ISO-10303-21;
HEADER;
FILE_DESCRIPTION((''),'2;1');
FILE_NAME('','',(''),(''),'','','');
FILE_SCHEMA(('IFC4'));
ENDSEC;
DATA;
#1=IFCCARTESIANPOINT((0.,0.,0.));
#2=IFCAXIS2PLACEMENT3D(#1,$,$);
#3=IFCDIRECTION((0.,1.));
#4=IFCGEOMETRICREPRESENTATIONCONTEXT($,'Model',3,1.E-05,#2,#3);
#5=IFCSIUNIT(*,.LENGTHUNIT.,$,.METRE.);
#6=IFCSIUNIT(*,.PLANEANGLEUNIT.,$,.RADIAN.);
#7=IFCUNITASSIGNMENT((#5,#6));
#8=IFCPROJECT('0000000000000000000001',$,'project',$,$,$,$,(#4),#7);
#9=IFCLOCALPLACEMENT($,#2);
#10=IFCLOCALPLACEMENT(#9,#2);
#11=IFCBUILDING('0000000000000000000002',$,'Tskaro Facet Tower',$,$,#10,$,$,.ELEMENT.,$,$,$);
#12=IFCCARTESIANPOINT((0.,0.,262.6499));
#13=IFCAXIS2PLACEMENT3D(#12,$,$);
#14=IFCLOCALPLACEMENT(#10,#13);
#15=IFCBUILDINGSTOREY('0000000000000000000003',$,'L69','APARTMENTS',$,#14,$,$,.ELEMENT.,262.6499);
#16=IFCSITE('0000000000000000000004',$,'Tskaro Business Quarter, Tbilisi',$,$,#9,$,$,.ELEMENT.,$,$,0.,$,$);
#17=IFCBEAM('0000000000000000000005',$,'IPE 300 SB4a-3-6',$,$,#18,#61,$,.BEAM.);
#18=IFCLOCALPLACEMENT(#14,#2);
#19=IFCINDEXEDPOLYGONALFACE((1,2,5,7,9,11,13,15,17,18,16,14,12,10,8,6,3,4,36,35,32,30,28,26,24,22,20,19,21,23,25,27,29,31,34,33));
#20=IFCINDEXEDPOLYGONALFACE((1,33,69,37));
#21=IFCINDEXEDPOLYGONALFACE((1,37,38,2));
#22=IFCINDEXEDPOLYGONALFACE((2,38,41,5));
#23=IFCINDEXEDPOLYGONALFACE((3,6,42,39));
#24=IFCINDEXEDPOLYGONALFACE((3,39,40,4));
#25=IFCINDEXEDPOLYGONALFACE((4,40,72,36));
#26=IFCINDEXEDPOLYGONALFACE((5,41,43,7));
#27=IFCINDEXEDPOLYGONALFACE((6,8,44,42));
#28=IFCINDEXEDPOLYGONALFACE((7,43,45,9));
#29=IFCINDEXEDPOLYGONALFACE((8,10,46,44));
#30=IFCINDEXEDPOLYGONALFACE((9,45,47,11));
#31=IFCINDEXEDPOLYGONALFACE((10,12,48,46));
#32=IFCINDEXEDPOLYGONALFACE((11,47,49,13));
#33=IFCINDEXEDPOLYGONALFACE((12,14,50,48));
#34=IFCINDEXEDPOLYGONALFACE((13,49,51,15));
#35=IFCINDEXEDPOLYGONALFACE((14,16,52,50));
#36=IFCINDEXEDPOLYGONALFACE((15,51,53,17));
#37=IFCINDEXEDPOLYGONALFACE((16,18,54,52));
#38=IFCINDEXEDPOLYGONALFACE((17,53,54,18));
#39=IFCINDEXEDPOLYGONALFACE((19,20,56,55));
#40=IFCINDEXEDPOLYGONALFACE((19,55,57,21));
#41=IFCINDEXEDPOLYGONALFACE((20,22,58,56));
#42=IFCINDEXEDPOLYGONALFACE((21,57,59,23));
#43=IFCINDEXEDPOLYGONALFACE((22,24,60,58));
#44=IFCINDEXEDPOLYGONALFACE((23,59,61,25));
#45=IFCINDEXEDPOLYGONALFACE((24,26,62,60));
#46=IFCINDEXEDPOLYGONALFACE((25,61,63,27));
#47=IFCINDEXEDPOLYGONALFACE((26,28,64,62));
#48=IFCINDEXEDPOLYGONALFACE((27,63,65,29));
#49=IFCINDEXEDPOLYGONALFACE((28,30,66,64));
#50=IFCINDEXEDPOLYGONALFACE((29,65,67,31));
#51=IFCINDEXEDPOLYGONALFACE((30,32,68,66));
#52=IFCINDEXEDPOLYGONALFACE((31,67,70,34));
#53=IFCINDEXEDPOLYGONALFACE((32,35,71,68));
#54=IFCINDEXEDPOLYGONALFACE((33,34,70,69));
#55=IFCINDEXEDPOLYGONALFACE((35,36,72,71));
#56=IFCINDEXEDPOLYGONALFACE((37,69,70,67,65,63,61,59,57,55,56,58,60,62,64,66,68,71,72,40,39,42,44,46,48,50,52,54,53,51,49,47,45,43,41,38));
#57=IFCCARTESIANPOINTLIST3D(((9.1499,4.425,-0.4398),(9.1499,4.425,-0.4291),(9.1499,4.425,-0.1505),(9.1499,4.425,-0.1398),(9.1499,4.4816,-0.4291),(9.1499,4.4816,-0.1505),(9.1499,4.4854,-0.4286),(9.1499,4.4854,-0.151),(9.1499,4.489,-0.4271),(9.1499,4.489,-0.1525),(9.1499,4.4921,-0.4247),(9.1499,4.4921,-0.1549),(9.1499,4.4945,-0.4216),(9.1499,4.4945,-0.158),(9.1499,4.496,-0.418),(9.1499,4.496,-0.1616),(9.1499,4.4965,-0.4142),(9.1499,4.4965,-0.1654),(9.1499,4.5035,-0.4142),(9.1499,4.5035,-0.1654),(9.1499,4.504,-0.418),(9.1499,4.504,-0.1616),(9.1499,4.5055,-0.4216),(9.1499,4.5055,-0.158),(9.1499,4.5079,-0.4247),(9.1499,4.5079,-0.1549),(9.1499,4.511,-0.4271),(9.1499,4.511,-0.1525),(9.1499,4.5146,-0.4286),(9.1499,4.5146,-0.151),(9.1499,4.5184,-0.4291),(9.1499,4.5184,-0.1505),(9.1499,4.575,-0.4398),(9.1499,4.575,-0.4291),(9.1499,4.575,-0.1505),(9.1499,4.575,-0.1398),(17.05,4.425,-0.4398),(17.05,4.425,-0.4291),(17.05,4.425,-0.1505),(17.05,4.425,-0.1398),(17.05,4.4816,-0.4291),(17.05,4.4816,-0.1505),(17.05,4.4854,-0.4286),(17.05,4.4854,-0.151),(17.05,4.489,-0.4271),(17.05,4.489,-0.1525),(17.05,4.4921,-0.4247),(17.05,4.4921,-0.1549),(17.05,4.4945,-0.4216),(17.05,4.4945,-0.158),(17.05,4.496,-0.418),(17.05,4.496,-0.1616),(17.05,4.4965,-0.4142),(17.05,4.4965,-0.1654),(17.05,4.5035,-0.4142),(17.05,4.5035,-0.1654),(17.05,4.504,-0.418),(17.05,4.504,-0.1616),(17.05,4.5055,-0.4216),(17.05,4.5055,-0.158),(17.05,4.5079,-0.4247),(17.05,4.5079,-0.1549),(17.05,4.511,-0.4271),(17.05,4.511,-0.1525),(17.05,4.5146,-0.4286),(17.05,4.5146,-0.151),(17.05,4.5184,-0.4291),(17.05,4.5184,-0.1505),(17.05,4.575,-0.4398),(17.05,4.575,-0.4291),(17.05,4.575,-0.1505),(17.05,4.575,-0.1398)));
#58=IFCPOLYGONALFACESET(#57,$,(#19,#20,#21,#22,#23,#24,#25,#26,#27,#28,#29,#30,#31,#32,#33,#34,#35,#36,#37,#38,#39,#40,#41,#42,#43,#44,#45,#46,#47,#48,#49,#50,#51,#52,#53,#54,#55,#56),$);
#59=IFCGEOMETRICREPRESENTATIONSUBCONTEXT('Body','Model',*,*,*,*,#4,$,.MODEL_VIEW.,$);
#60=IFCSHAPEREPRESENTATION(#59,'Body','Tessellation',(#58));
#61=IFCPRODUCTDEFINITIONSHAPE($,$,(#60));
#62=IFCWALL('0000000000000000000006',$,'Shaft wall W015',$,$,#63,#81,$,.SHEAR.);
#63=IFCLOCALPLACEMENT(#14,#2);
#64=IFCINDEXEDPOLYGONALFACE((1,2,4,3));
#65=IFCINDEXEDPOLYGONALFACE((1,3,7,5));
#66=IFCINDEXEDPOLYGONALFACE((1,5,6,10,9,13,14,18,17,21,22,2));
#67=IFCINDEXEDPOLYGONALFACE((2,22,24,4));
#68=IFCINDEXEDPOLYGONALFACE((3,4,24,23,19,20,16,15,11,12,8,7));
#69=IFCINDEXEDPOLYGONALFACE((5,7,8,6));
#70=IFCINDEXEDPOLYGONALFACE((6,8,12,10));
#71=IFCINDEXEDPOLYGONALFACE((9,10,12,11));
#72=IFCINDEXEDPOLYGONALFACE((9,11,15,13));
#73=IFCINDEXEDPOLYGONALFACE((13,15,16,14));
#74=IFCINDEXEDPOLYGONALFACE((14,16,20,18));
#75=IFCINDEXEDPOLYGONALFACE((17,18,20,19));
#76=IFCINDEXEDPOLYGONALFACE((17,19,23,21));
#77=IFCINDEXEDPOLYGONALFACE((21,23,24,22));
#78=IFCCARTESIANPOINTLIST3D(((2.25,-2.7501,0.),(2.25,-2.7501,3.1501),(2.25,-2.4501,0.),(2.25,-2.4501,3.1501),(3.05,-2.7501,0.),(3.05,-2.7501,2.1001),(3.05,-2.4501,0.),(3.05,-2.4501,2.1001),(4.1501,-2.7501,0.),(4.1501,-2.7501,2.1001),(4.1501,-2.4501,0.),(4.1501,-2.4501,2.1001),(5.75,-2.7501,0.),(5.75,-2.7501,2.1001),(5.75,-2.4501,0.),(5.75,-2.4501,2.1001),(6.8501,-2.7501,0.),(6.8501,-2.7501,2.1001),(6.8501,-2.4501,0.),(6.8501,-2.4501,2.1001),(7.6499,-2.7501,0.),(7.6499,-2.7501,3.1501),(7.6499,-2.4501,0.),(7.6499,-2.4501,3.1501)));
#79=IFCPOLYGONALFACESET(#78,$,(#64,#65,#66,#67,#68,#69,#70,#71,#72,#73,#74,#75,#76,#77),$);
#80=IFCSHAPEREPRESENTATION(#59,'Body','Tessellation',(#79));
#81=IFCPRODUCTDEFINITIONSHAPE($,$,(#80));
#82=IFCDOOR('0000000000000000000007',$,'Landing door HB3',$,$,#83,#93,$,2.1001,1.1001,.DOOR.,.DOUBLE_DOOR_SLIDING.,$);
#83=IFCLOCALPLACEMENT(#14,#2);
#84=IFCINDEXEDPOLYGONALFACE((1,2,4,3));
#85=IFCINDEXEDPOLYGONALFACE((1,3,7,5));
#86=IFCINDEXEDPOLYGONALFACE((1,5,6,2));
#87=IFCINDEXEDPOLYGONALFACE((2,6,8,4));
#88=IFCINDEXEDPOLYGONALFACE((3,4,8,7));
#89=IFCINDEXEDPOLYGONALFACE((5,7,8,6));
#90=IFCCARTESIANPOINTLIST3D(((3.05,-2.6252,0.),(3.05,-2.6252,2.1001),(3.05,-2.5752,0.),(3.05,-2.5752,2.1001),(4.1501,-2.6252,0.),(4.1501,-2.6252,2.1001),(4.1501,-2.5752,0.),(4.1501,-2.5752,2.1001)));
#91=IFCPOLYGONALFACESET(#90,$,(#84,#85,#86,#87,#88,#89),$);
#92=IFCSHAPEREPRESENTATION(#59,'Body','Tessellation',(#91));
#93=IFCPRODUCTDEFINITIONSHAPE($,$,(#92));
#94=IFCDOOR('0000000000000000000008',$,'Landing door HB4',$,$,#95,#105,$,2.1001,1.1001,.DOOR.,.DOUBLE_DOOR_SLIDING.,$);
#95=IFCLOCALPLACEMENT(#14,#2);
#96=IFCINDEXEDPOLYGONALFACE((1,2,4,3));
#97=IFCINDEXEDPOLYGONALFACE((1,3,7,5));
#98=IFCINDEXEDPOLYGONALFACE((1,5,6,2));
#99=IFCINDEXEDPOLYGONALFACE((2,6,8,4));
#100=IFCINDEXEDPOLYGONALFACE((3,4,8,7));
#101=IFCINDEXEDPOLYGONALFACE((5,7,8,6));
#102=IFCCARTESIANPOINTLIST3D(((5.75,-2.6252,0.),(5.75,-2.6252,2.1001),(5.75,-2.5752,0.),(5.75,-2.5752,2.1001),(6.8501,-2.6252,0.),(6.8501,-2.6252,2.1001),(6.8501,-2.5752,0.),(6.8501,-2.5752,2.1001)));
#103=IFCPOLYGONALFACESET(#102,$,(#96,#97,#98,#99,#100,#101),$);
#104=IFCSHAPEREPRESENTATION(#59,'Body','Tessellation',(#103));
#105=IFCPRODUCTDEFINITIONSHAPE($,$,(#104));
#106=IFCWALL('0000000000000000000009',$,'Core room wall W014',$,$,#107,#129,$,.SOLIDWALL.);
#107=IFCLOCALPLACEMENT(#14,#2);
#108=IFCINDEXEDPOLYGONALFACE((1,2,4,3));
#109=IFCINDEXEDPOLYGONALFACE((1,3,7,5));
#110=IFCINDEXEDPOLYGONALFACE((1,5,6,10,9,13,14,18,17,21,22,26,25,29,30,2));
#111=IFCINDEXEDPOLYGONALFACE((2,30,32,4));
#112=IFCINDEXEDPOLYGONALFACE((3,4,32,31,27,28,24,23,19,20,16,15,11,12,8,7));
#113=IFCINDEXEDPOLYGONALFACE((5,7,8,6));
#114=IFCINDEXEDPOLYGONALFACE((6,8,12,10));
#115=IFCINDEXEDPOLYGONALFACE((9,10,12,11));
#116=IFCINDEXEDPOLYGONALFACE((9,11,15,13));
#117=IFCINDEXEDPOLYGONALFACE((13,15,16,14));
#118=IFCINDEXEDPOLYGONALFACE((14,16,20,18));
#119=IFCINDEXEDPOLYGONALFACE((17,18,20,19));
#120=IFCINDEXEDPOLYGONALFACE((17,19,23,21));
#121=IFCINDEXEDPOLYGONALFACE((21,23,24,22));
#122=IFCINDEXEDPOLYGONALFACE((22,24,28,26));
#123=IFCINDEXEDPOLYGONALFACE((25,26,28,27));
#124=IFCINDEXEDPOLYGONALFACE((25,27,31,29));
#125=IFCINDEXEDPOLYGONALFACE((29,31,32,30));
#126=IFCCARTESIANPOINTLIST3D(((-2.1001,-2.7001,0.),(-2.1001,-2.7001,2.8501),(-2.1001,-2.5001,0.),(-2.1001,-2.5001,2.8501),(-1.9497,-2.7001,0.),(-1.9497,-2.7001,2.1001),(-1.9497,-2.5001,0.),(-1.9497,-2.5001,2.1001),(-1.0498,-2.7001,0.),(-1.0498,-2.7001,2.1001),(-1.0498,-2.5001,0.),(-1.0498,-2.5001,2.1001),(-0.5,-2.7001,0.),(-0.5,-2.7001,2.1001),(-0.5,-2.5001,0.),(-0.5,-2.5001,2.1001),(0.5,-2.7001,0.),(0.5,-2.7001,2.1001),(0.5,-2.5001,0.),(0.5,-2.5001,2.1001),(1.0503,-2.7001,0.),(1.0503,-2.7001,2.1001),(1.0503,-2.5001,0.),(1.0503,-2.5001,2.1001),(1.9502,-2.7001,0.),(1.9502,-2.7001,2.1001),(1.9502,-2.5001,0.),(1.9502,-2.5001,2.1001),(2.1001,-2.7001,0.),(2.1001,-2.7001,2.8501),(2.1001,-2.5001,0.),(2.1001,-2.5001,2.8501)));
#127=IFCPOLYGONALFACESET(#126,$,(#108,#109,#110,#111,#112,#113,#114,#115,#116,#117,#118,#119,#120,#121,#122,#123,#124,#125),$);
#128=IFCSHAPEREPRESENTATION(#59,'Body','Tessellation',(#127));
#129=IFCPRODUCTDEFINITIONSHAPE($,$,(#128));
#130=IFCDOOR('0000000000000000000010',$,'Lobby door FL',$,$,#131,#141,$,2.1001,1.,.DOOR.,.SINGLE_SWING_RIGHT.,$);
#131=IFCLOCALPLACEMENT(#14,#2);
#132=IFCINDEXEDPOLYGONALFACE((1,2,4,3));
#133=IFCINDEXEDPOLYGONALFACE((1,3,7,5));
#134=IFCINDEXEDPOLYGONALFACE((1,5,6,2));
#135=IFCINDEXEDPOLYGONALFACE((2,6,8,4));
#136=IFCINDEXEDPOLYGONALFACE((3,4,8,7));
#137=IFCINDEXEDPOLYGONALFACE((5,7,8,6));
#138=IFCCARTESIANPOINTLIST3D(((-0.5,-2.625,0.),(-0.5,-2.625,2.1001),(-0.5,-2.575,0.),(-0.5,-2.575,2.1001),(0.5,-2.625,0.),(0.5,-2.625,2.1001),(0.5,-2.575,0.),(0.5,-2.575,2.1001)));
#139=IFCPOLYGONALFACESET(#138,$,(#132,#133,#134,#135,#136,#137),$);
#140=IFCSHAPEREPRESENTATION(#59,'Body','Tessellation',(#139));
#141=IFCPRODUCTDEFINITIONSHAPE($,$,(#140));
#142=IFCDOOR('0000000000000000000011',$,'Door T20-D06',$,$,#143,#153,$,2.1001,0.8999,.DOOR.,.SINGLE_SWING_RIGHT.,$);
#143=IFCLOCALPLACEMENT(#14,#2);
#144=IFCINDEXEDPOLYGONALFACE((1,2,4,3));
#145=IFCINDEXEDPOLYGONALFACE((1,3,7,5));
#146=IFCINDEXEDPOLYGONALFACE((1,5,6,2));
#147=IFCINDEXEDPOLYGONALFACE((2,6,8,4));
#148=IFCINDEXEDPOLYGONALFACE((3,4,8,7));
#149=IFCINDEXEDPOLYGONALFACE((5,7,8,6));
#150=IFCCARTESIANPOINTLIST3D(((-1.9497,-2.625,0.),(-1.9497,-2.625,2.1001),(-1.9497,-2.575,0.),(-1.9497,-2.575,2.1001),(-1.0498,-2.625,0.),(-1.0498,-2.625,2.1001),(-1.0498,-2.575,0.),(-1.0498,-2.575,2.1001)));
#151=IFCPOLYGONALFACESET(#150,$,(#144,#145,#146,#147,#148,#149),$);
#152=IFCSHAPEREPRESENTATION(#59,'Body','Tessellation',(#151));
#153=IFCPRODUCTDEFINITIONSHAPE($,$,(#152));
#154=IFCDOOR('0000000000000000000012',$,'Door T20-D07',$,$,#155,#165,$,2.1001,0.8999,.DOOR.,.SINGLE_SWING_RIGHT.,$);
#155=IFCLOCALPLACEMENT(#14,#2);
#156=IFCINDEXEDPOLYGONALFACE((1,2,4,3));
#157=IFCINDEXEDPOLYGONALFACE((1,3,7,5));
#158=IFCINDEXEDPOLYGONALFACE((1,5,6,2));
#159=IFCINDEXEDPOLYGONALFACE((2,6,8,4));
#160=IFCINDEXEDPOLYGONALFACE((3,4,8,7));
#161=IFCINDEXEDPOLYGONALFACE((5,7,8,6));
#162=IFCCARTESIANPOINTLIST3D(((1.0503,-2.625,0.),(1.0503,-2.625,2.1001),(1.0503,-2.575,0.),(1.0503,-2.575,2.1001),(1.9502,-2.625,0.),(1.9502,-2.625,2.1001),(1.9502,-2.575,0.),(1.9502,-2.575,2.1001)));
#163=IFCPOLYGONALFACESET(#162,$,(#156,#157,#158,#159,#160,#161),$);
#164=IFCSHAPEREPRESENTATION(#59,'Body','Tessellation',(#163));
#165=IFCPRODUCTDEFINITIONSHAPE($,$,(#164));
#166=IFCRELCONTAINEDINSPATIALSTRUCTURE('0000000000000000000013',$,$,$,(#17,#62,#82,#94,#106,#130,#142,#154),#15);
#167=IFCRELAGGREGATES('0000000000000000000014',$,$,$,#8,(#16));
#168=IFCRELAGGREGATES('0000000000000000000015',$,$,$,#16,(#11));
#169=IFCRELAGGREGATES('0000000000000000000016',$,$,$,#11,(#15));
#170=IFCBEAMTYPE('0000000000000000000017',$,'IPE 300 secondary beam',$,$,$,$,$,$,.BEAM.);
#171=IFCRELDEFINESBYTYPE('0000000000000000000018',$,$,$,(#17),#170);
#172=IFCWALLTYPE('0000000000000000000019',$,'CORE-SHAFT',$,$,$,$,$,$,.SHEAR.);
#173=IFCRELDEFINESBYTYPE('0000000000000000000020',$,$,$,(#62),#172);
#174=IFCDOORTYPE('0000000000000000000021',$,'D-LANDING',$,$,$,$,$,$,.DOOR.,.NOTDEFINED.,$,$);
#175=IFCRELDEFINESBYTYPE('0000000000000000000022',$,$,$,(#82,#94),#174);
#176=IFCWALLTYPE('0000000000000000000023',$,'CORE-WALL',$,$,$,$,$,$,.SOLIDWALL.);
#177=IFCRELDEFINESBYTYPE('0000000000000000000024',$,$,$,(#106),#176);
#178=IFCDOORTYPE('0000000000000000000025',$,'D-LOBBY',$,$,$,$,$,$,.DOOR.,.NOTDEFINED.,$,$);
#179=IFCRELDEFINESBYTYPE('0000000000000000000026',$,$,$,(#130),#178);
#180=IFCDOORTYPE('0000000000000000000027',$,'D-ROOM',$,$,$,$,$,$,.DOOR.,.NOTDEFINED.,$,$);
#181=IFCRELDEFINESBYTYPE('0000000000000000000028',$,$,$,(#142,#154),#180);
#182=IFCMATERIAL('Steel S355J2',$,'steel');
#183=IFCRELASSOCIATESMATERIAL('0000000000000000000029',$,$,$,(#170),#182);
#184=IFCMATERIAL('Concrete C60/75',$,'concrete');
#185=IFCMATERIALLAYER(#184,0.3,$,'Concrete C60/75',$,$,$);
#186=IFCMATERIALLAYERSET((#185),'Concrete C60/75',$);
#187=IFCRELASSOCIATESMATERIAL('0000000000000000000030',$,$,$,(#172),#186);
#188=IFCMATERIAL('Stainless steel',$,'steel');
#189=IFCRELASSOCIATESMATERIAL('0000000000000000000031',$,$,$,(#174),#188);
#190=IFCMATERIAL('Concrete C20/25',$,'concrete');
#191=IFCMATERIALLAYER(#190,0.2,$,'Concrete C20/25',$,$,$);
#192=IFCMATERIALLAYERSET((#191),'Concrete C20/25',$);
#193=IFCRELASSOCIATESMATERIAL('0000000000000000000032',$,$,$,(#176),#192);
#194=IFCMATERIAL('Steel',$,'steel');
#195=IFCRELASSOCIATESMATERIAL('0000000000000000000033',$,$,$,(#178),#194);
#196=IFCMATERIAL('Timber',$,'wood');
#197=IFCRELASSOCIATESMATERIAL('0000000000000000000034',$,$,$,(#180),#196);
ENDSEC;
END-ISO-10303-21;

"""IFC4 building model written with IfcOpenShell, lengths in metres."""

from ifc_helpers import new_model, si_unit, direction, frame, frame_2d, origin, origin_2d, place, context, subcontext, project, spatial, rectangle, i_section, extrude, material, layer, layer_set, material_profile, profile_set, type_object, element, fill, save


model = new_model("IFC4")

# Units and contexts
model_context = context("Model", 3, precision=1e-05, world=origin(), true_north=direction((0.0, 1.0)))
body_context = subcontext(model_context, "Body", "Model", "MODEL_VIEW")
ifc_project = project(units=[si_unit("LENGTHUNIT", "METRE"), si_unit("PLANEANGLEUNIT", "RADIAN")], contexts=[model_context])

# Site, building, storey
site_placement = place(None, origin())
site = spatial("IfcSite", under=ifc_project, at=site_placement, Name="Tskaro Business Quarter, Tbilisi", CompositionType="ELEMENT", RefElevation=0.0)
building_placement = place(site_placement, origin())
building = spatial("IfcBuilding", under=site, at=building_placement, Name="Tskaro Facet Tower", CompositionType="ELEMENT")
storey_placement = place(building_placement, frame((0.0, 0.0, 262.6499)))
storey = spatial("IfcBuildingStorey", under=building, at=storey_placement, Name="L69", Description="APARTMENTS", CompositionType="ELEMENT", Elevation=262.6499)

# Beam
ifc_material_1 = material(Name="Steel S355J2", Category="steel")
ifc_material_profile_1 = material_profile(ifc_material_1, i_section(OverallWidth=0.1499, OverallDepth=0.3, WebThickness=0.0071, FlangeThickness=0.0107, FilletRadius=0.0149, at=origin_2d()), Name="IPE 300")
ifc_profile_set_1 = profile_set([ifc_material_profile_1], Name="Steel S355J2")
beam_type_1 = type_object("IfcBeamType", Name="IPE 300 secondary beam", PredefinedType="BEAM", material=ifc_profile_set_1)
beam_1_placement = place(storey_placement, frame((9.1499, 4.5, -0.2898), z_axis=(1.0, 0.0, 0.0), x_axis=(0.0, 1.0, 0.0)))
element("IfcBeam", 1, at=beam_1_placement, inside=storey, type_object=beam_type_1, Name="IPE 300 SB4a-3-6", PredefinedType="BEAM", context=body_context, shape_type="SweptSolid", body=[
    extrude(i_section(OverallWidth=0.1499, OverallDepth=0.3, WebThickness=0.0071, FlangeThickness=0.0107, FilletRadius=0.0149, at=origin_2d()), origin(), (0.0, 0.0, 1.0), 7.9001),
])

# Walls, openings, doors
ifc_material_2 = material(Name="Concrete C60/75", Category="concrete")
ifc_layer_1 = layer(ifc_material_2, 0.3, Name="Concrete C60/75")
ifc_layer_set_1 = layer_set([ifc_layer_1], Name="Concrete C60/75")
wall_type_1 = type_object("IfcWallType", Name="CORE-SHAFT", PredefinedType="SHEAR", material=ifc_layer_set_1)
wall_1_placement = place(storey_placement, frame((2.25, -2.6001, 0.0), z_axis=(0.0, 0.0, 1.0), x_axis=(1.0, 0.0, 0.0)))
wall_1 = element("IfcWall", 2, at=wall_1_placement, inside=storey, type_object=wall_type_1, Name="Shaft wall W015", PredefinedType="SHEAR", context=body_context, shape_type="SweptSolid", body=[
    extrude(rectangle(XDim=5.3999, YDim=0.3, at=frame_2d((2.7, 0.0))), origin(), (0.0, 0.0, 1.0), 3.1501),
])
opening_1_placement = place(wall_1_placement, frame((0.8, 0.0, 0.0)))
opening_1 = element("IfcOpeningElement", 3, at=opening_1_placement, cuts=wall_1, PredefinedType="OPENING", context=body_context, shape_type="SweptSolid", body=[
    extrude(rectangle(XDim=1.1001, YDim=2.1001, at=frame_2d((0.55, 1.05))), frame((0.0, 0.1599, 0.0), z_axis=(0.0, -1.0, 0.0), x_axis=(1.0, 0.0, 0.0)), (0.0, 0.0, 1.0), 0.3201),
])
opening_2_placement = place(wall_1_placement, frame((3.5, 0.0, 0.0)))
opening_2 = element("IfcOpeningElement", 4, at=opening_2_placement, cuts=wall_1, PredefinedType="OPENING", context=body_context, shape_type="SweptSolid", body=[
    extrude(rectangle(XDim=1.1001, YDim=2.1001, at=frame_2d((0.55, 1.05))), frame((0.0, 0.1599, 0.0), z_axis=(0.0, -1.0, 0.0), x_axis=(1.0, 0.0, 0.0)), (0.0, 0.0, 1.0), 0.3201),
])
ifc_material_3 = material(Name="Stainless steel", Category="steel")
door_type_1 = type_object("IfcDoorType", Name="D-LANDING", OperationType="NOTDEFINED", PredefinedType="DOOR", material=ifc_material_3)
door_1_placement = place(opening_1_placement, origin())
door_1 = element("IfcDoor", 5, at=door_1_placement, inside=storey, type_object=door_type_1, Name="Landing door HB3", OperationType="DOUBLE_DOOR_SLIDING", OverallHeight=2.1001, OverallWidth=1.1001, PredefinedType="DOOR", context=body_context, shape_type="SweptSolid", body=[
    extrude(rectangle(XDim=1.1001, YDim=2.1001, at=frame_2d((0.55, 1.05))), frame((0.0, 0.0249, 0.0), z_axis=(0.0, -1.0, 0.0), x_axis=(1.0, 0.0, 0.0)), (0.0, 0.0, 1.0), 0.05),
])
fill(opening_1, door_1)
door_2_placement = place(opening_2_placement, origin())
door_2 = element("IfcDoor", 6, at=door_2_placement, inside=storey, type_object=door_type_1, Name="Landing door HB4", OperationType="DOUBLE_DOOR_SLIDING", OverallHeight=2.1001, OverallWidth=1.1001, PredefinedType="DOOR", context=body_context, shape_type="SweptSolid", body=[
    extrude(rectangle(XDim=1.1001, YDim=2.1001, at=frame_2d((0.55, 1.05))), frame((0.0, 0.0249, 0.0), z_axis=(0.0, -1.0, 0.0), x_axis=(1.0, 0.0, 0.0)), (0.0, 0.0, 1.0), 0.05),
])
fill(opening_2, door_2)
ifc_material_4 = material(Name="Concrete C20/25", Category="concrete")
ifc_layer_2 = layer(ifc_material_4, 0.2, Name="Concrete C20/25")
ifc_layer_set_2 = layer_set([ifc_layer_2], Name="Concrete C20/25")
wall_type_2 = type_object("IfcWallType", Name="CORE-WALL", PredefinedType="SOLIDWALL", material=ifc_layer_set_2)
wall_2_placement = place(storey_placement, frame((2.1001, -2.6001, 0.0), z_axis=(0.0, 0.0, 1.0), x_axis=(-1.0, 0.0, 0.0)))
wall_2 = element("IfcWall", 7, at=wall_2_placement, inside=storey, type_object=wall_type_2, Name="Core room wall W014", PredefinedType="SOLIDWALL", context=body_context, shape_type="SweptSolid", body=[
    extrude(rectangle(XDim=4.2002, YDim=0.2, at=frame_2d((2.1001, 0.0))), origin(), (0.0, 0.0, 1.0), 2.8501),
])
opening_3_placement = place(wall_2_placement, frame((1.6001, 0.0, 0.0)))
opening_3 = element("IfcOpeningElement", 8, at=opening_3_placement, cuts=wall_2, PredefinedType="OPENING", context=body_context, shape_type="SweptSolid", body=[
    extrude(rectangle(XDim=1.0, YDim=2.1001, at=frame_2d((0.5, 1.05))), frame((0.0, 0.1099, 0.0), z_axis=(0.0, -1.0, 0.0), x_axis=(1.0, 0.0, 0.0)), (0.0, 0.0, 1.0), 0.22),
])
opening_4_placement = place(wall_2_placement, frame((3.1499, 0.0, 0.0)))
opening_4 = element("IfcOpeningElement", 9, at=opening_4_placement, cuts=wall_2, PredefinedType="OPENING", context=body_context, shape_type="SweptSolid", body=[
    extrude(rectangle(XDim=0.8999, YDim=2.1001, at=frame_2d((0.45, 1.05))), frame((0.0, 0.1099, 0.0), z_axis=(0.0, -1.0, 0.0), x_axis=(1.0, 0.0, 0.0)), (0.0, 0.0, 1.0), 0.22),
])
opening_5_placement = place(wall_2_placement, frame((0.1499, 0.0, 0.0)))
opening_5 = element("IfcOpeningElement", 10, at=opening_5_placement, cuts=wall_2, PredefinedType="OPENING", context=body_context, shape_type="SweptSolid", body=[
    extrude(rectangle(XDim=0.8999, YDim=2.1001, at=frame_2d((0.45, 1.05))), frame((0.0, 0.1099, 0.0), z_axis=(0.0, -1.0, 0.0), x_axis=(1.0, 0.0, 0.0)), (0.0, 0.0, 1.0), 0.22),
])
ifc_material_5 = material(Name="Steel", Category="steel")
door_type_2 = type_object("IfcDoorType", Name="D-LOBBY", OperationType="NOTDEFINED", PredefinedType="DOOR", material=ifc_material_5)
door_3_placement = place(opening_3_placement, origin())
door_3 = element("IfcDoor", 11, at=door_3_placement, inside=storey, type_object=door_type_2, Name="Lobby door FL", OperationType="SINGLE_SWING_RIGHT", OverallHeight=2.1001, OverallWidth=1.0, PredefinedType="DOOR", context=body_context, shape_type="SweptSolid", body=[
    extrude(rectangle(XDim=1.0, YDim=2.1001, at=frame_2d((0.5, 1.05))), frame((0.0, 0.0249, 0.0), z_axis=(0.0, -1.0, 0.0), x_axis=(1.0, 0.0, 0.0)), (0.0, 0.0, 1.0), 0.05),
])
fill(opening_3, door_3)
ifc_material_6 = material(Name="Timber", Category="wood")
door_type_3 = type_object("IfcDoorType", Name="D-ROOM", OperationType="NOTDEFINED", PredefinedType="DOOR", material=ifc_material_6)
door_4_placement = place(opening_4_placement, origin())
door_4 = element("IfcDoor", 12, at=door_4_placement, inside=storey, type_object=door_type_3, Name="Door T20-D06", OperationType="SINGLE_SWING_RIGHT", OverallHeight=2.1001, OverallWidth=0.8999, PredefinedType="DOOR", context=body_context, shape_type="SweptSolid", body=[
    extrude(rectangle(XDim=0.8999, YDim=2.1001, at=frame_2d((0.45, 1.05))), frame((0.0, 0.0249, 0.0), z_axis=(0.0, -1.0, 0.0), x_axis=(1.0, 0.0, 0.0)), (0.0, 0.0, 1.0), 0.05),
])
fill(opening_4, door_4)
door_5_placement = place(opening_5_placement, origin())
door_5 = element("IfcDoor", 13, at=door_5_placement, inside=storey, type_object=door_type_3, Name="Door T20-D07", OperationType="SINGLE_SWING_RIGHT", OverallHeight=2.1001, OverallWidth=0.8999, PredefinedType="DOOR", context=body_context, shape_type="SweptSolid", body=[
    extrude(rectangle(XDim=0.8999, YDim=2.1001, at=frame_2d((0.45, 1.05))), frame((0.0, 0.0249, 0.0), z_axis=(0.0, -1.0, 0.0), x_axis=(1.0, 0.0, 0.0)), (0.0, 0.0, 1.0), 0.05),
])
fill(opening_5, door_5)

save(model, "model.ifc")
